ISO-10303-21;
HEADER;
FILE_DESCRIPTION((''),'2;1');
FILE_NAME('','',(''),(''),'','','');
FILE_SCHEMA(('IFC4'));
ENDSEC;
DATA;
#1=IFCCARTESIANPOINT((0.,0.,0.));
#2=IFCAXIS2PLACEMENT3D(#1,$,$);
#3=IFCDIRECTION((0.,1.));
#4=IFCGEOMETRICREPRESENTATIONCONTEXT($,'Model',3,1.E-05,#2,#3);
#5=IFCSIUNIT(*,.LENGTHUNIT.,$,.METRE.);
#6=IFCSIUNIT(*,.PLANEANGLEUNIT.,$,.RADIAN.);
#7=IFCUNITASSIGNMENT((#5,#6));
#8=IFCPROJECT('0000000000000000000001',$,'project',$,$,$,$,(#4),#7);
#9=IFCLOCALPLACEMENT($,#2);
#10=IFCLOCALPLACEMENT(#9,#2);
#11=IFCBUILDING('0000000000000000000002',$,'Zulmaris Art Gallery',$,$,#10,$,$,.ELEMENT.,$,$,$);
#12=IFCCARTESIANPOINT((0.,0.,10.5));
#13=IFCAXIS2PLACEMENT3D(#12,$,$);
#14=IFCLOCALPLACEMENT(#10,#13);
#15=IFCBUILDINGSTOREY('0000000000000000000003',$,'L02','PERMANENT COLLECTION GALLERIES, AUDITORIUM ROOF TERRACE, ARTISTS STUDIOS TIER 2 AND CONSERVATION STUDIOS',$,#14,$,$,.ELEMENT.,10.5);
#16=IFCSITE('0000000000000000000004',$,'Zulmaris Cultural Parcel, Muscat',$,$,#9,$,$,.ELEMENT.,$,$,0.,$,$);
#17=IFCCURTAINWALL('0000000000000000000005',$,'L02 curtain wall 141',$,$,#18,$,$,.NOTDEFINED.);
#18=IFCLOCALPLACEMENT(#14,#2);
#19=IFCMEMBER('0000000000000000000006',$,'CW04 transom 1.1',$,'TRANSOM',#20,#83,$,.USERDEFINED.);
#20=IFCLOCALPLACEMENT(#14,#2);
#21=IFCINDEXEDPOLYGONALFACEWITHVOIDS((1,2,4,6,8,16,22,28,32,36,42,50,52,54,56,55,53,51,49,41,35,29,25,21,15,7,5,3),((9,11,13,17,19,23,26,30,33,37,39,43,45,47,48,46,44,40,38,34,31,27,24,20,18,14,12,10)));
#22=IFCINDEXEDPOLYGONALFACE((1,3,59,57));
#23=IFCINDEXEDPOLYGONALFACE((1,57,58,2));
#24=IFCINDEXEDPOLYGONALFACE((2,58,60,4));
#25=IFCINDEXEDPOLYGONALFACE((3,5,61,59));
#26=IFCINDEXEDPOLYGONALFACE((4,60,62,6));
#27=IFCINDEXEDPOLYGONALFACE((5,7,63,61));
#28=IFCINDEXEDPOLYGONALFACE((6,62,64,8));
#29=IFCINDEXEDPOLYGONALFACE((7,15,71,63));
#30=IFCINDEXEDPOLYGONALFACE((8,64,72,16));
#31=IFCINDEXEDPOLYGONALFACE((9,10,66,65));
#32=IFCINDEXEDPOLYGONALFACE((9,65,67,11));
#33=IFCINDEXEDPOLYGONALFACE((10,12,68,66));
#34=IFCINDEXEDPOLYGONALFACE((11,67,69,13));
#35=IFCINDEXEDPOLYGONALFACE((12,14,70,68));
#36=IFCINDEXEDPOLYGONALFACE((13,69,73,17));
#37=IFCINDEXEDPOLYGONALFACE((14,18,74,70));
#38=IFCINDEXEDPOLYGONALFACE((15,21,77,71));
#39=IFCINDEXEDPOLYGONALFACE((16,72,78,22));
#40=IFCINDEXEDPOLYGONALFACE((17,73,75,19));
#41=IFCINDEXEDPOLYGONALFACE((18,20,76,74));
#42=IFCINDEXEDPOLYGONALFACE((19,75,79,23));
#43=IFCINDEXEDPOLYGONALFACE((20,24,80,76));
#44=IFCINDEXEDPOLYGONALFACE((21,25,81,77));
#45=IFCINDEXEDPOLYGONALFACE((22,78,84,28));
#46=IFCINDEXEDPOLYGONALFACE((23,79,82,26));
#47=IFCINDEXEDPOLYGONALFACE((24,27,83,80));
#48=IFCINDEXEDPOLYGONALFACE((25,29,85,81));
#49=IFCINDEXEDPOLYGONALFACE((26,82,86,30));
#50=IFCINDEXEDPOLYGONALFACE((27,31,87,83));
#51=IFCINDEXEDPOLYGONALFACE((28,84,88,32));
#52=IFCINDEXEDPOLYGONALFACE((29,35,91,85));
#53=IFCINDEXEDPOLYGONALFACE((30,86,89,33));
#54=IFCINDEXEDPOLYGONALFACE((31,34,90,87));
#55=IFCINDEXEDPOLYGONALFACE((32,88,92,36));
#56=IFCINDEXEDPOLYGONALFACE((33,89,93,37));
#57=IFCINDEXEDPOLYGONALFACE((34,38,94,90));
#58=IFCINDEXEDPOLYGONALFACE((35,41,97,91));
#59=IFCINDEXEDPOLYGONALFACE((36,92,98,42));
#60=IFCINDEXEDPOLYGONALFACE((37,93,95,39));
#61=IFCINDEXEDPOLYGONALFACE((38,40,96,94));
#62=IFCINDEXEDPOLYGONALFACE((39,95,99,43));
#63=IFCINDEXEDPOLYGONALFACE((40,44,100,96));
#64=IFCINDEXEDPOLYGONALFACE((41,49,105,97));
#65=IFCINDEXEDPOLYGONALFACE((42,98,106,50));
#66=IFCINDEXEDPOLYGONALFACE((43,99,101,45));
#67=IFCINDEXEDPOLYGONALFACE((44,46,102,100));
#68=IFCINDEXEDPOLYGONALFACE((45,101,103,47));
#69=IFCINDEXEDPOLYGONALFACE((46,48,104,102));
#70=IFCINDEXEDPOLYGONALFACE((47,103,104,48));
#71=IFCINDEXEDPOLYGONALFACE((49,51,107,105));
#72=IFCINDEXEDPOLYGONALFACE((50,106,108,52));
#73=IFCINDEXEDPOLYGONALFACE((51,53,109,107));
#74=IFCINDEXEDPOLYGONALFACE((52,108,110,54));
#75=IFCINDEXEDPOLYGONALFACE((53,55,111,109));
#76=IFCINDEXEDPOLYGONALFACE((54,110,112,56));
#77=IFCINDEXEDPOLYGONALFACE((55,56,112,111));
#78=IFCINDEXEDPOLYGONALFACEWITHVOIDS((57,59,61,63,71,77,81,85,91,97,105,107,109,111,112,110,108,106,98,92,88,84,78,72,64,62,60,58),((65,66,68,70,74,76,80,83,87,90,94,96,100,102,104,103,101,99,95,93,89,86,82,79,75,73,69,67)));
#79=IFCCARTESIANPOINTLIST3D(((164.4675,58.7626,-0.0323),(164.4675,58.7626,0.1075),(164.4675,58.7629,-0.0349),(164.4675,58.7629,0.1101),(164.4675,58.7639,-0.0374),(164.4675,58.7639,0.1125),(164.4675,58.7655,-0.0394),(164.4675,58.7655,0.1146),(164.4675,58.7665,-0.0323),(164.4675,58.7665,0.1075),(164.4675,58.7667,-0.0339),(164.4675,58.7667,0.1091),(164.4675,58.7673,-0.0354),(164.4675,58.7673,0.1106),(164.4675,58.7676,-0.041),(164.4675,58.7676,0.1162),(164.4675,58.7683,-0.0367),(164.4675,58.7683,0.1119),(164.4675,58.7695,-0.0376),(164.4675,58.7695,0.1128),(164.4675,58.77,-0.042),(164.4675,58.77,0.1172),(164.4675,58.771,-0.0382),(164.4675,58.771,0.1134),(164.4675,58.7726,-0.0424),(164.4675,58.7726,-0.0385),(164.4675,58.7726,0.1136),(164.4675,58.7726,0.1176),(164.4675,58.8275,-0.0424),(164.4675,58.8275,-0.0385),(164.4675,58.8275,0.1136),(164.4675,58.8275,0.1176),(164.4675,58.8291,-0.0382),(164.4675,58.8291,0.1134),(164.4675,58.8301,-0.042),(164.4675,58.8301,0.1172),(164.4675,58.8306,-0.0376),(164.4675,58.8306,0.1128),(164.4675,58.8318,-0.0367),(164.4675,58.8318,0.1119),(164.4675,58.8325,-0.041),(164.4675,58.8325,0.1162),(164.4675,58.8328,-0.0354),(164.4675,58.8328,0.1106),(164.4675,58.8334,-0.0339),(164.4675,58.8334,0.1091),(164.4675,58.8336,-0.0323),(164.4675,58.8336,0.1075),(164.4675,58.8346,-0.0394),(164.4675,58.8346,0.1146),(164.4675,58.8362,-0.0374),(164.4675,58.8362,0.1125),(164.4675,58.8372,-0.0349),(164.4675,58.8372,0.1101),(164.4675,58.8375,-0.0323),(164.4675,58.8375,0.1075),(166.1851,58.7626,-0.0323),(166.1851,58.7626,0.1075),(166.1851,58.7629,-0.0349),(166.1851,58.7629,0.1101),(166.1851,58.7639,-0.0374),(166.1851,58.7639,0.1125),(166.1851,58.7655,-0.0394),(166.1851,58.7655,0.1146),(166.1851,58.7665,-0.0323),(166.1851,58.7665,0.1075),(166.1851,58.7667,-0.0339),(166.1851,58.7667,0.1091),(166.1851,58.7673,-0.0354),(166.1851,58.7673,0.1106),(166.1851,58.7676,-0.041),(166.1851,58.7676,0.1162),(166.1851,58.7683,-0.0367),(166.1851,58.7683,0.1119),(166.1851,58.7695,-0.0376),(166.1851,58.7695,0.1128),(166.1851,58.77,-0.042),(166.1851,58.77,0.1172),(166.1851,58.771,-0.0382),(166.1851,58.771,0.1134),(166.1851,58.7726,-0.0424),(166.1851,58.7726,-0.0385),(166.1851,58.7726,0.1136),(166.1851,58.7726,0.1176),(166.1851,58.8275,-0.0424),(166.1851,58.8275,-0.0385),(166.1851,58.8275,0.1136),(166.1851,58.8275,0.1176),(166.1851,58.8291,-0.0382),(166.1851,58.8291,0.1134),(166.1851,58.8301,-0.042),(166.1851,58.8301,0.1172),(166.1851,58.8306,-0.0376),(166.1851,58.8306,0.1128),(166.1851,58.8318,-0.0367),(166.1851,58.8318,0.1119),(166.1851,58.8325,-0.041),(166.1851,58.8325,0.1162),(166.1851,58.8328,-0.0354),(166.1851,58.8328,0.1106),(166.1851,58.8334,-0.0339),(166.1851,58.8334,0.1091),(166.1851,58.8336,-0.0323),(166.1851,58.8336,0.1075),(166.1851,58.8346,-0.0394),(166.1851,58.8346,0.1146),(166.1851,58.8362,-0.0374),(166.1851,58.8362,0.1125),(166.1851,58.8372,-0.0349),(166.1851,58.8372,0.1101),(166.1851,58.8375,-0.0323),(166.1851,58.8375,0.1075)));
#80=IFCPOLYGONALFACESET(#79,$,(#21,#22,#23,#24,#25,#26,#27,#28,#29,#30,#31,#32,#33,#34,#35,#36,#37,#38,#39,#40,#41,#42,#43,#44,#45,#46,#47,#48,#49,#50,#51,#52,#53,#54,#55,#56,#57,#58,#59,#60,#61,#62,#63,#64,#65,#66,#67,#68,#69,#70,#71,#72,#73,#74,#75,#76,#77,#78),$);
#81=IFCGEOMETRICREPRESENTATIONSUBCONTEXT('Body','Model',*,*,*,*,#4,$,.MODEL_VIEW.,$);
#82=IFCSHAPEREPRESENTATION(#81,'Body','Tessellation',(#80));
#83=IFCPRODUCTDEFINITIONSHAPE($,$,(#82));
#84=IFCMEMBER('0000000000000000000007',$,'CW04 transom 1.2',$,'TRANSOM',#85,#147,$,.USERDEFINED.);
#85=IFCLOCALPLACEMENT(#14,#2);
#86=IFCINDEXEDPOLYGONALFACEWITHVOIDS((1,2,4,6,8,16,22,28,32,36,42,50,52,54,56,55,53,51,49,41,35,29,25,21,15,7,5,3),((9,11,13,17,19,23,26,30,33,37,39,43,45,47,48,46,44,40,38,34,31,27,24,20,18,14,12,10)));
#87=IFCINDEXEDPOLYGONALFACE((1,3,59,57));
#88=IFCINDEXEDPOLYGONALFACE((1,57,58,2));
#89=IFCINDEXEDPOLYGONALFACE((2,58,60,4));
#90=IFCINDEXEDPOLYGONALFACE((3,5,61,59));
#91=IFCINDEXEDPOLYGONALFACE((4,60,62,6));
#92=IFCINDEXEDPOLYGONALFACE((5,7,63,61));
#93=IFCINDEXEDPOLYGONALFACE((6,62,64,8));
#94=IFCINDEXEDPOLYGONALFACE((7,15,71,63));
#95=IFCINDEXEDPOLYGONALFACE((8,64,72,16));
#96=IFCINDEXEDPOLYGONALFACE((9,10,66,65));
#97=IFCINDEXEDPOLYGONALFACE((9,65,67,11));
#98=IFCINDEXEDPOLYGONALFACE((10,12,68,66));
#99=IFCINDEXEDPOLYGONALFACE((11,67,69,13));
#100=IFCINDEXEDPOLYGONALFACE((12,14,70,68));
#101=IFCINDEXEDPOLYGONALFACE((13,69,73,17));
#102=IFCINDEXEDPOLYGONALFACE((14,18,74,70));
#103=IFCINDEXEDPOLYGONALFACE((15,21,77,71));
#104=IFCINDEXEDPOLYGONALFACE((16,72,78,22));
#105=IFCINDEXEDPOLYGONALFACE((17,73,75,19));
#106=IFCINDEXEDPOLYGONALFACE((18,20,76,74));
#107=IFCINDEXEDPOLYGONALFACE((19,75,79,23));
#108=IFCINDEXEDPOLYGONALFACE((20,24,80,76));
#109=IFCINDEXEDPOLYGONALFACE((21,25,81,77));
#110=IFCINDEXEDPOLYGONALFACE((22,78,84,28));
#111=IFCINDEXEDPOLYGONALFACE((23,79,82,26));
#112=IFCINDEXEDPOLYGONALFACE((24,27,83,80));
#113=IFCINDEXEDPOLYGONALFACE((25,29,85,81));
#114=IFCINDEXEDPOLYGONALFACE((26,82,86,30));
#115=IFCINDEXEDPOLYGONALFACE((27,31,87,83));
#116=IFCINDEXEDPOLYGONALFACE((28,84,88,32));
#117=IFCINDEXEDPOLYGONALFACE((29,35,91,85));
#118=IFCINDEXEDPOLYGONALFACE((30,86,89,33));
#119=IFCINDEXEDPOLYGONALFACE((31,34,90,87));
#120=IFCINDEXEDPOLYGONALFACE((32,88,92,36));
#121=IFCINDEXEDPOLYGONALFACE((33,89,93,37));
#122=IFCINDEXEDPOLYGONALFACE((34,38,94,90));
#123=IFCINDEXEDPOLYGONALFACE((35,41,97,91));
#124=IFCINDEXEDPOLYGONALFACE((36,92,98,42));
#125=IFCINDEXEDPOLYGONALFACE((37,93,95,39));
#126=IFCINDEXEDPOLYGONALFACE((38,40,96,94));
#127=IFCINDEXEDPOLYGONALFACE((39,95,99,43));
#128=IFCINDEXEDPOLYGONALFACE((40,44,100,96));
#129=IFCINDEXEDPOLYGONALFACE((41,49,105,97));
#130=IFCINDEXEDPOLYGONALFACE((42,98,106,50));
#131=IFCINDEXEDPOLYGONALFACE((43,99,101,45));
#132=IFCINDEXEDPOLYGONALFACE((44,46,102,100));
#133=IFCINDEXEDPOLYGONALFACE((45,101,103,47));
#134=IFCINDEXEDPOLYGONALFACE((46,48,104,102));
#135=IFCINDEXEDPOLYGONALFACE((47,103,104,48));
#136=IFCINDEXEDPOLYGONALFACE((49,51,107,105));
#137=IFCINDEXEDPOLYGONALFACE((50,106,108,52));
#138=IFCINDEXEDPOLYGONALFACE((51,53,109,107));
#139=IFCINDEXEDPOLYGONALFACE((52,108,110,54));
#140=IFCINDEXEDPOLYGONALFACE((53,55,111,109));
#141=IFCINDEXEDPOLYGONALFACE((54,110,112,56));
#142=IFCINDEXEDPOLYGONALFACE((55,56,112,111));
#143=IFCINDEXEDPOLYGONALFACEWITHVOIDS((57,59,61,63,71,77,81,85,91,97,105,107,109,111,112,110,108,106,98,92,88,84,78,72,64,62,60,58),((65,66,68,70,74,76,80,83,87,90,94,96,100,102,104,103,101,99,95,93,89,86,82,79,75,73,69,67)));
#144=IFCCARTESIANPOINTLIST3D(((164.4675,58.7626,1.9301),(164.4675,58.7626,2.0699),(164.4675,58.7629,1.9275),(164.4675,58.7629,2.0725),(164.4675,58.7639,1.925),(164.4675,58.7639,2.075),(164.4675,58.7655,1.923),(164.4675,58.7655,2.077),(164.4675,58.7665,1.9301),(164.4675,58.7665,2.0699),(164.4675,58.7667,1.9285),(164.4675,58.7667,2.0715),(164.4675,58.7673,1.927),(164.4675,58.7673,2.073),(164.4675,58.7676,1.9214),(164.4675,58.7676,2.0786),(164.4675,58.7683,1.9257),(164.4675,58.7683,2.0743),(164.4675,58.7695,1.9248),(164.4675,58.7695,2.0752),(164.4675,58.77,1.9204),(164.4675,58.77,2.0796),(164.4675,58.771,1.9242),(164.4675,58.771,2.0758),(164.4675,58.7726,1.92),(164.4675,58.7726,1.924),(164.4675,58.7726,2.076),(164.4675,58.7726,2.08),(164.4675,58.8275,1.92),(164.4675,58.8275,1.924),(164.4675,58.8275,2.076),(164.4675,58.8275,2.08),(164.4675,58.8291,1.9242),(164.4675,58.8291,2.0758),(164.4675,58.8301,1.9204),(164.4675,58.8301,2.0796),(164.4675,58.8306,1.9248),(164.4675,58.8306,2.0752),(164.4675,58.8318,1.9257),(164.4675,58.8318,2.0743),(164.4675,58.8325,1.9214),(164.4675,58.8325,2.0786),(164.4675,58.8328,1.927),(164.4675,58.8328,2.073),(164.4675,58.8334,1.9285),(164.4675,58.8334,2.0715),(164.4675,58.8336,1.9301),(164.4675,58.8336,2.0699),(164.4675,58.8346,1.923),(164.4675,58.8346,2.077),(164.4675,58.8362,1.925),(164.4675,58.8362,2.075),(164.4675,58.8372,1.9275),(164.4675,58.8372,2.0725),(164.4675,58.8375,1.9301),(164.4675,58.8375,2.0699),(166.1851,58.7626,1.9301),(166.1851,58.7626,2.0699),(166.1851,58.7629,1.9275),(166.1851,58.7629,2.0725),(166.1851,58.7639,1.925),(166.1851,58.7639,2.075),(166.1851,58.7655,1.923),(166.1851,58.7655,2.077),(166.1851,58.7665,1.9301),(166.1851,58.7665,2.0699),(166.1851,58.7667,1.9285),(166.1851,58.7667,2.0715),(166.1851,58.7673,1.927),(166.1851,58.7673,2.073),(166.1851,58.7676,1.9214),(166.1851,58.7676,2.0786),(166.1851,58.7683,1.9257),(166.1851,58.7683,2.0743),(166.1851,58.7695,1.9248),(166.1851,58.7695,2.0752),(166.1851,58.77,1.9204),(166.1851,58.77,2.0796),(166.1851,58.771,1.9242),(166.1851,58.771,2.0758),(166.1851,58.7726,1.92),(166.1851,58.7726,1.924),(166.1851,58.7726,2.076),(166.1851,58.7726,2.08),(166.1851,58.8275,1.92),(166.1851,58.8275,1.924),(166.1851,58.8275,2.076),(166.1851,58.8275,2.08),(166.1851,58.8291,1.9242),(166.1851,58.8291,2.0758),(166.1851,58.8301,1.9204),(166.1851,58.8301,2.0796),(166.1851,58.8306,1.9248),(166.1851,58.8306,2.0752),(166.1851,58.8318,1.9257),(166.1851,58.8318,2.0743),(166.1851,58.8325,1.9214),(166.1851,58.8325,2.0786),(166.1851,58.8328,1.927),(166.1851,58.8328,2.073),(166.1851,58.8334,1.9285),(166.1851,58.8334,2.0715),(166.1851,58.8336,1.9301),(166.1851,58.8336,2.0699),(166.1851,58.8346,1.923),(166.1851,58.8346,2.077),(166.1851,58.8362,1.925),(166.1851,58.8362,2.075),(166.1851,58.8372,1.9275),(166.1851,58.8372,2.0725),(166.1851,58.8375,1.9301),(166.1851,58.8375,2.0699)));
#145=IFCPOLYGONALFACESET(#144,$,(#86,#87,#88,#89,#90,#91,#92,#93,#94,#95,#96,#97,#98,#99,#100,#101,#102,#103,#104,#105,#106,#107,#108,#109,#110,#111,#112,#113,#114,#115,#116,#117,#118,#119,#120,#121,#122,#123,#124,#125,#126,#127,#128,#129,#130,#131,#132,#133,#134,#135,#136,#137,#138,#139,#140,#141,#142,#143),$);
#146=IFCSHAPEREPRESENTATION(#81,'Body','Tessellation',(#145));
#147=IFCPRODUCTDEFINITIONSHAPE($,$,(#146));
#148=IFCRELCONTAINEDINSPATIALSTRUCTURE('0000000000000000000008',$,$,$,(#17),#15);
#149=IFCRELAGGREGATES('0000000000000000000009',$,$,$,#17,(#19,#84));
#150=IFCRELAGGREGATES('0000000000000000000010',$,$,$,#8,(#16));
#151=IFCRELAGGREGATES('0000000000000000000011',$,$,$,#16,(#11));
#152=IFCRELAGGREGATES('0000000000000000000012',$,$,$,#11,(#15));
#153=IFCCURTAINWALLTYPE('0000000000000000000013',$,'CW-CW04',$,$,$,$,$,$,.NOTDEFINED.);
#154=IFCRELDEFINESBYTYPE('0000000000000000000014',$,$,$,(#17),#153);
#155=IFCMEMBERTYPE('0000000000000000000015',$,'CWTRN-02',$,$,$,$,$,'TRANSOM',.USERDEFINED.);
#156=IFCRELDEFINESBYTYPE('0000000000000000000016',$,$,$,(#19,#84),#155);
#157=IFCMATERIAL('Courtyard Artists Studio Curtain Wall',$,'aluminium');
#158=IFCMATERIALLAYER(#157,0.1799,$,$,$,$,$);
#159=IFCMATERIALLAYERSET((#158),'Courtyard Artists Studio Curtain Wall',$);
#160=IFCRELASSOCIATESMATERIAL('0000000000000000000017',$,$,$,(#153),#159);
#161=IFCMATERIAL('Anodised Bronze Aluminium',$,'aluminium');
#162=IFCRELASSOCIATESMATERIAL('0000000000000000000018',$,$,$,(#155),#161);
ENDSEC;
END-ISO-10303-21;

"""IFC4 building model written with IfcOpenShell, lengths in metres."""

from ifc_helpers import new_model, si_unit, direction, frame, origin, origin_2d, place, context, subcontext, project, spatial, hollow_rectangle, extrude, material, layer, layer_set, material_profile, profile_set, type_object, element, aggregate, save


model = new_model("IFC4")

# Units and contexts
model_context = context("Model", 3, precision=1e-05, world=origin(), true_north=direction((0.0, 1.0)))
body_context = subcontext(model_context, "Body", "Model", "MODEL_VIEW")
ifc_project = project(units=[si_unit("LENGTHUNIT", "METRE"), si_unit("PLANEANGLEUNIT", "RADIAN")], contexts=[model_context])

# Site, building, storey
site_placement = place(None, origin())
site = spatial("IfcSite", under=ifc_project, at=site_placement, Name="Zulmaris Cultural Parcel, Muscat", CompositionType="ELEMENT", RefElevation=0.0)
building_placement = place(site_placement, origin())
building = spatial("IfcBuilding", under=site, at=building_placement, Name="Zulmaris Art Gallery", CompositionType="ELEMENT")
storey_placement = place(building_placement, frame((0.0, 0.0, 10.5)))
storey = spatial("IfcBuildingStorey", under=building, at=storey_placement, Name="L02", Description="PERMANENT COLLECTION GALLERIES, AUDITORIUM ROOF TERRACE, ARTISTS STUDIOS TIER 2 AND CONSERVATION STUDIOS", CompositionType="ELEMENT", Elevation=10.5)

# Shared definitions
ifc_material_1 = material(Name="Courtyard Artists Studio Curtain Wall", Category="aluminium")
ifc_layer_1 = layer(ifc_material_1, 0.1799)
ifc_layer_set_1 = layer_set([ifc_layer_1], Name="Courtyard Artists Studio Curtain Wall")
curtain_wall_type = type_object("IfcCurtainWallType", Name="CW-CW04", PredefinedType="NOTDEFINED", material=ifc_layer_set_1)
ifc_material_2 = material(Name="Anodised Bronze Aluminium", Category="aluminium")

# Curtain wall
curtain_wall_1_placement = place(storey_placement, origin())
curtain_wall_1 = element("IfcCurtainWall", 1, at=curtain_wall_1_placement, inside=storey, type_object=curtain_wall_type, Name="L02 curtain wall 141", PredefinedType="NOTDEFINED")

# Members
ifc_material_profile_1 = material_profile(ifc_material_2, hollow_rectangle(XDim=0.075, YDim=0.1599, WallThickness=0.0039, InnerFilletRadius=0.0061, OuterFilletRadius=0.01, at=origin_2d()), Name="ALU 75x160x4")
ifc_profile_set_1 = profile_set([ifc_material_profile_1], Name="Anodised Bronze Aluminium")
member_type_1 = type_object("IfcMemberType", Name="CWTRN-02", ElementType="TRANSOM", PredefinedType="USERDEFINED", material=ifc_profile_set_1)
member_1_placement = place(storey_placement, frame((166.1851, 58.8, 0.0376), z_axis=(-1.0, 0.0, 0.0), x_axis=(0.0, -1.0, 0.0)))
member_1 = element("IfcMember", 2, at=member_1_placement, type_object=member_type_1, Name="CW04 transom 1.1", ObjectType="TRANSOM", PredefinedType="USERDEFINED", context=body_context, shape_type="SweptSolid", body=[
    extrude(hollow_rectangle(XDim=0.075, YDim=0.1599, WallThickness=0.0039, InnerFilletRadius=0.0061, OuterFilletRadius=0.01, at=origin_2d()), origin(), (0.0, 0.0, 1.0), 1.7175),
])
member_2_placement = place(storey_placement, frame((166.1851, 58.8, 2.0), z_axis=(-1.0, 0.0, 0.0), x_axis=(0.0, -1.0, 0.0)))
member_2 = element("IfcMember", 3, at=member_2_placement, type_object=member_type_1, Name="CW04 transom 1.2", ObjectType="TRANSOM", PredefinedType="USERDEFINED", context=body_context, shape_type="SweptSolid", body=[
    extrude(hollow_rectangle(XDim=0.075, YDim=0.1599, WallThickness=0.0039, InnerFilletRadius=0.0061, OuterFilletRadius=0.01, at=origin_2d()), origin(), (0.0, 0.0, 1.0), 1.7175),
])

aggregate(curtain_wall_1, [member_1, member_2])

save(model, "model.ifc")
